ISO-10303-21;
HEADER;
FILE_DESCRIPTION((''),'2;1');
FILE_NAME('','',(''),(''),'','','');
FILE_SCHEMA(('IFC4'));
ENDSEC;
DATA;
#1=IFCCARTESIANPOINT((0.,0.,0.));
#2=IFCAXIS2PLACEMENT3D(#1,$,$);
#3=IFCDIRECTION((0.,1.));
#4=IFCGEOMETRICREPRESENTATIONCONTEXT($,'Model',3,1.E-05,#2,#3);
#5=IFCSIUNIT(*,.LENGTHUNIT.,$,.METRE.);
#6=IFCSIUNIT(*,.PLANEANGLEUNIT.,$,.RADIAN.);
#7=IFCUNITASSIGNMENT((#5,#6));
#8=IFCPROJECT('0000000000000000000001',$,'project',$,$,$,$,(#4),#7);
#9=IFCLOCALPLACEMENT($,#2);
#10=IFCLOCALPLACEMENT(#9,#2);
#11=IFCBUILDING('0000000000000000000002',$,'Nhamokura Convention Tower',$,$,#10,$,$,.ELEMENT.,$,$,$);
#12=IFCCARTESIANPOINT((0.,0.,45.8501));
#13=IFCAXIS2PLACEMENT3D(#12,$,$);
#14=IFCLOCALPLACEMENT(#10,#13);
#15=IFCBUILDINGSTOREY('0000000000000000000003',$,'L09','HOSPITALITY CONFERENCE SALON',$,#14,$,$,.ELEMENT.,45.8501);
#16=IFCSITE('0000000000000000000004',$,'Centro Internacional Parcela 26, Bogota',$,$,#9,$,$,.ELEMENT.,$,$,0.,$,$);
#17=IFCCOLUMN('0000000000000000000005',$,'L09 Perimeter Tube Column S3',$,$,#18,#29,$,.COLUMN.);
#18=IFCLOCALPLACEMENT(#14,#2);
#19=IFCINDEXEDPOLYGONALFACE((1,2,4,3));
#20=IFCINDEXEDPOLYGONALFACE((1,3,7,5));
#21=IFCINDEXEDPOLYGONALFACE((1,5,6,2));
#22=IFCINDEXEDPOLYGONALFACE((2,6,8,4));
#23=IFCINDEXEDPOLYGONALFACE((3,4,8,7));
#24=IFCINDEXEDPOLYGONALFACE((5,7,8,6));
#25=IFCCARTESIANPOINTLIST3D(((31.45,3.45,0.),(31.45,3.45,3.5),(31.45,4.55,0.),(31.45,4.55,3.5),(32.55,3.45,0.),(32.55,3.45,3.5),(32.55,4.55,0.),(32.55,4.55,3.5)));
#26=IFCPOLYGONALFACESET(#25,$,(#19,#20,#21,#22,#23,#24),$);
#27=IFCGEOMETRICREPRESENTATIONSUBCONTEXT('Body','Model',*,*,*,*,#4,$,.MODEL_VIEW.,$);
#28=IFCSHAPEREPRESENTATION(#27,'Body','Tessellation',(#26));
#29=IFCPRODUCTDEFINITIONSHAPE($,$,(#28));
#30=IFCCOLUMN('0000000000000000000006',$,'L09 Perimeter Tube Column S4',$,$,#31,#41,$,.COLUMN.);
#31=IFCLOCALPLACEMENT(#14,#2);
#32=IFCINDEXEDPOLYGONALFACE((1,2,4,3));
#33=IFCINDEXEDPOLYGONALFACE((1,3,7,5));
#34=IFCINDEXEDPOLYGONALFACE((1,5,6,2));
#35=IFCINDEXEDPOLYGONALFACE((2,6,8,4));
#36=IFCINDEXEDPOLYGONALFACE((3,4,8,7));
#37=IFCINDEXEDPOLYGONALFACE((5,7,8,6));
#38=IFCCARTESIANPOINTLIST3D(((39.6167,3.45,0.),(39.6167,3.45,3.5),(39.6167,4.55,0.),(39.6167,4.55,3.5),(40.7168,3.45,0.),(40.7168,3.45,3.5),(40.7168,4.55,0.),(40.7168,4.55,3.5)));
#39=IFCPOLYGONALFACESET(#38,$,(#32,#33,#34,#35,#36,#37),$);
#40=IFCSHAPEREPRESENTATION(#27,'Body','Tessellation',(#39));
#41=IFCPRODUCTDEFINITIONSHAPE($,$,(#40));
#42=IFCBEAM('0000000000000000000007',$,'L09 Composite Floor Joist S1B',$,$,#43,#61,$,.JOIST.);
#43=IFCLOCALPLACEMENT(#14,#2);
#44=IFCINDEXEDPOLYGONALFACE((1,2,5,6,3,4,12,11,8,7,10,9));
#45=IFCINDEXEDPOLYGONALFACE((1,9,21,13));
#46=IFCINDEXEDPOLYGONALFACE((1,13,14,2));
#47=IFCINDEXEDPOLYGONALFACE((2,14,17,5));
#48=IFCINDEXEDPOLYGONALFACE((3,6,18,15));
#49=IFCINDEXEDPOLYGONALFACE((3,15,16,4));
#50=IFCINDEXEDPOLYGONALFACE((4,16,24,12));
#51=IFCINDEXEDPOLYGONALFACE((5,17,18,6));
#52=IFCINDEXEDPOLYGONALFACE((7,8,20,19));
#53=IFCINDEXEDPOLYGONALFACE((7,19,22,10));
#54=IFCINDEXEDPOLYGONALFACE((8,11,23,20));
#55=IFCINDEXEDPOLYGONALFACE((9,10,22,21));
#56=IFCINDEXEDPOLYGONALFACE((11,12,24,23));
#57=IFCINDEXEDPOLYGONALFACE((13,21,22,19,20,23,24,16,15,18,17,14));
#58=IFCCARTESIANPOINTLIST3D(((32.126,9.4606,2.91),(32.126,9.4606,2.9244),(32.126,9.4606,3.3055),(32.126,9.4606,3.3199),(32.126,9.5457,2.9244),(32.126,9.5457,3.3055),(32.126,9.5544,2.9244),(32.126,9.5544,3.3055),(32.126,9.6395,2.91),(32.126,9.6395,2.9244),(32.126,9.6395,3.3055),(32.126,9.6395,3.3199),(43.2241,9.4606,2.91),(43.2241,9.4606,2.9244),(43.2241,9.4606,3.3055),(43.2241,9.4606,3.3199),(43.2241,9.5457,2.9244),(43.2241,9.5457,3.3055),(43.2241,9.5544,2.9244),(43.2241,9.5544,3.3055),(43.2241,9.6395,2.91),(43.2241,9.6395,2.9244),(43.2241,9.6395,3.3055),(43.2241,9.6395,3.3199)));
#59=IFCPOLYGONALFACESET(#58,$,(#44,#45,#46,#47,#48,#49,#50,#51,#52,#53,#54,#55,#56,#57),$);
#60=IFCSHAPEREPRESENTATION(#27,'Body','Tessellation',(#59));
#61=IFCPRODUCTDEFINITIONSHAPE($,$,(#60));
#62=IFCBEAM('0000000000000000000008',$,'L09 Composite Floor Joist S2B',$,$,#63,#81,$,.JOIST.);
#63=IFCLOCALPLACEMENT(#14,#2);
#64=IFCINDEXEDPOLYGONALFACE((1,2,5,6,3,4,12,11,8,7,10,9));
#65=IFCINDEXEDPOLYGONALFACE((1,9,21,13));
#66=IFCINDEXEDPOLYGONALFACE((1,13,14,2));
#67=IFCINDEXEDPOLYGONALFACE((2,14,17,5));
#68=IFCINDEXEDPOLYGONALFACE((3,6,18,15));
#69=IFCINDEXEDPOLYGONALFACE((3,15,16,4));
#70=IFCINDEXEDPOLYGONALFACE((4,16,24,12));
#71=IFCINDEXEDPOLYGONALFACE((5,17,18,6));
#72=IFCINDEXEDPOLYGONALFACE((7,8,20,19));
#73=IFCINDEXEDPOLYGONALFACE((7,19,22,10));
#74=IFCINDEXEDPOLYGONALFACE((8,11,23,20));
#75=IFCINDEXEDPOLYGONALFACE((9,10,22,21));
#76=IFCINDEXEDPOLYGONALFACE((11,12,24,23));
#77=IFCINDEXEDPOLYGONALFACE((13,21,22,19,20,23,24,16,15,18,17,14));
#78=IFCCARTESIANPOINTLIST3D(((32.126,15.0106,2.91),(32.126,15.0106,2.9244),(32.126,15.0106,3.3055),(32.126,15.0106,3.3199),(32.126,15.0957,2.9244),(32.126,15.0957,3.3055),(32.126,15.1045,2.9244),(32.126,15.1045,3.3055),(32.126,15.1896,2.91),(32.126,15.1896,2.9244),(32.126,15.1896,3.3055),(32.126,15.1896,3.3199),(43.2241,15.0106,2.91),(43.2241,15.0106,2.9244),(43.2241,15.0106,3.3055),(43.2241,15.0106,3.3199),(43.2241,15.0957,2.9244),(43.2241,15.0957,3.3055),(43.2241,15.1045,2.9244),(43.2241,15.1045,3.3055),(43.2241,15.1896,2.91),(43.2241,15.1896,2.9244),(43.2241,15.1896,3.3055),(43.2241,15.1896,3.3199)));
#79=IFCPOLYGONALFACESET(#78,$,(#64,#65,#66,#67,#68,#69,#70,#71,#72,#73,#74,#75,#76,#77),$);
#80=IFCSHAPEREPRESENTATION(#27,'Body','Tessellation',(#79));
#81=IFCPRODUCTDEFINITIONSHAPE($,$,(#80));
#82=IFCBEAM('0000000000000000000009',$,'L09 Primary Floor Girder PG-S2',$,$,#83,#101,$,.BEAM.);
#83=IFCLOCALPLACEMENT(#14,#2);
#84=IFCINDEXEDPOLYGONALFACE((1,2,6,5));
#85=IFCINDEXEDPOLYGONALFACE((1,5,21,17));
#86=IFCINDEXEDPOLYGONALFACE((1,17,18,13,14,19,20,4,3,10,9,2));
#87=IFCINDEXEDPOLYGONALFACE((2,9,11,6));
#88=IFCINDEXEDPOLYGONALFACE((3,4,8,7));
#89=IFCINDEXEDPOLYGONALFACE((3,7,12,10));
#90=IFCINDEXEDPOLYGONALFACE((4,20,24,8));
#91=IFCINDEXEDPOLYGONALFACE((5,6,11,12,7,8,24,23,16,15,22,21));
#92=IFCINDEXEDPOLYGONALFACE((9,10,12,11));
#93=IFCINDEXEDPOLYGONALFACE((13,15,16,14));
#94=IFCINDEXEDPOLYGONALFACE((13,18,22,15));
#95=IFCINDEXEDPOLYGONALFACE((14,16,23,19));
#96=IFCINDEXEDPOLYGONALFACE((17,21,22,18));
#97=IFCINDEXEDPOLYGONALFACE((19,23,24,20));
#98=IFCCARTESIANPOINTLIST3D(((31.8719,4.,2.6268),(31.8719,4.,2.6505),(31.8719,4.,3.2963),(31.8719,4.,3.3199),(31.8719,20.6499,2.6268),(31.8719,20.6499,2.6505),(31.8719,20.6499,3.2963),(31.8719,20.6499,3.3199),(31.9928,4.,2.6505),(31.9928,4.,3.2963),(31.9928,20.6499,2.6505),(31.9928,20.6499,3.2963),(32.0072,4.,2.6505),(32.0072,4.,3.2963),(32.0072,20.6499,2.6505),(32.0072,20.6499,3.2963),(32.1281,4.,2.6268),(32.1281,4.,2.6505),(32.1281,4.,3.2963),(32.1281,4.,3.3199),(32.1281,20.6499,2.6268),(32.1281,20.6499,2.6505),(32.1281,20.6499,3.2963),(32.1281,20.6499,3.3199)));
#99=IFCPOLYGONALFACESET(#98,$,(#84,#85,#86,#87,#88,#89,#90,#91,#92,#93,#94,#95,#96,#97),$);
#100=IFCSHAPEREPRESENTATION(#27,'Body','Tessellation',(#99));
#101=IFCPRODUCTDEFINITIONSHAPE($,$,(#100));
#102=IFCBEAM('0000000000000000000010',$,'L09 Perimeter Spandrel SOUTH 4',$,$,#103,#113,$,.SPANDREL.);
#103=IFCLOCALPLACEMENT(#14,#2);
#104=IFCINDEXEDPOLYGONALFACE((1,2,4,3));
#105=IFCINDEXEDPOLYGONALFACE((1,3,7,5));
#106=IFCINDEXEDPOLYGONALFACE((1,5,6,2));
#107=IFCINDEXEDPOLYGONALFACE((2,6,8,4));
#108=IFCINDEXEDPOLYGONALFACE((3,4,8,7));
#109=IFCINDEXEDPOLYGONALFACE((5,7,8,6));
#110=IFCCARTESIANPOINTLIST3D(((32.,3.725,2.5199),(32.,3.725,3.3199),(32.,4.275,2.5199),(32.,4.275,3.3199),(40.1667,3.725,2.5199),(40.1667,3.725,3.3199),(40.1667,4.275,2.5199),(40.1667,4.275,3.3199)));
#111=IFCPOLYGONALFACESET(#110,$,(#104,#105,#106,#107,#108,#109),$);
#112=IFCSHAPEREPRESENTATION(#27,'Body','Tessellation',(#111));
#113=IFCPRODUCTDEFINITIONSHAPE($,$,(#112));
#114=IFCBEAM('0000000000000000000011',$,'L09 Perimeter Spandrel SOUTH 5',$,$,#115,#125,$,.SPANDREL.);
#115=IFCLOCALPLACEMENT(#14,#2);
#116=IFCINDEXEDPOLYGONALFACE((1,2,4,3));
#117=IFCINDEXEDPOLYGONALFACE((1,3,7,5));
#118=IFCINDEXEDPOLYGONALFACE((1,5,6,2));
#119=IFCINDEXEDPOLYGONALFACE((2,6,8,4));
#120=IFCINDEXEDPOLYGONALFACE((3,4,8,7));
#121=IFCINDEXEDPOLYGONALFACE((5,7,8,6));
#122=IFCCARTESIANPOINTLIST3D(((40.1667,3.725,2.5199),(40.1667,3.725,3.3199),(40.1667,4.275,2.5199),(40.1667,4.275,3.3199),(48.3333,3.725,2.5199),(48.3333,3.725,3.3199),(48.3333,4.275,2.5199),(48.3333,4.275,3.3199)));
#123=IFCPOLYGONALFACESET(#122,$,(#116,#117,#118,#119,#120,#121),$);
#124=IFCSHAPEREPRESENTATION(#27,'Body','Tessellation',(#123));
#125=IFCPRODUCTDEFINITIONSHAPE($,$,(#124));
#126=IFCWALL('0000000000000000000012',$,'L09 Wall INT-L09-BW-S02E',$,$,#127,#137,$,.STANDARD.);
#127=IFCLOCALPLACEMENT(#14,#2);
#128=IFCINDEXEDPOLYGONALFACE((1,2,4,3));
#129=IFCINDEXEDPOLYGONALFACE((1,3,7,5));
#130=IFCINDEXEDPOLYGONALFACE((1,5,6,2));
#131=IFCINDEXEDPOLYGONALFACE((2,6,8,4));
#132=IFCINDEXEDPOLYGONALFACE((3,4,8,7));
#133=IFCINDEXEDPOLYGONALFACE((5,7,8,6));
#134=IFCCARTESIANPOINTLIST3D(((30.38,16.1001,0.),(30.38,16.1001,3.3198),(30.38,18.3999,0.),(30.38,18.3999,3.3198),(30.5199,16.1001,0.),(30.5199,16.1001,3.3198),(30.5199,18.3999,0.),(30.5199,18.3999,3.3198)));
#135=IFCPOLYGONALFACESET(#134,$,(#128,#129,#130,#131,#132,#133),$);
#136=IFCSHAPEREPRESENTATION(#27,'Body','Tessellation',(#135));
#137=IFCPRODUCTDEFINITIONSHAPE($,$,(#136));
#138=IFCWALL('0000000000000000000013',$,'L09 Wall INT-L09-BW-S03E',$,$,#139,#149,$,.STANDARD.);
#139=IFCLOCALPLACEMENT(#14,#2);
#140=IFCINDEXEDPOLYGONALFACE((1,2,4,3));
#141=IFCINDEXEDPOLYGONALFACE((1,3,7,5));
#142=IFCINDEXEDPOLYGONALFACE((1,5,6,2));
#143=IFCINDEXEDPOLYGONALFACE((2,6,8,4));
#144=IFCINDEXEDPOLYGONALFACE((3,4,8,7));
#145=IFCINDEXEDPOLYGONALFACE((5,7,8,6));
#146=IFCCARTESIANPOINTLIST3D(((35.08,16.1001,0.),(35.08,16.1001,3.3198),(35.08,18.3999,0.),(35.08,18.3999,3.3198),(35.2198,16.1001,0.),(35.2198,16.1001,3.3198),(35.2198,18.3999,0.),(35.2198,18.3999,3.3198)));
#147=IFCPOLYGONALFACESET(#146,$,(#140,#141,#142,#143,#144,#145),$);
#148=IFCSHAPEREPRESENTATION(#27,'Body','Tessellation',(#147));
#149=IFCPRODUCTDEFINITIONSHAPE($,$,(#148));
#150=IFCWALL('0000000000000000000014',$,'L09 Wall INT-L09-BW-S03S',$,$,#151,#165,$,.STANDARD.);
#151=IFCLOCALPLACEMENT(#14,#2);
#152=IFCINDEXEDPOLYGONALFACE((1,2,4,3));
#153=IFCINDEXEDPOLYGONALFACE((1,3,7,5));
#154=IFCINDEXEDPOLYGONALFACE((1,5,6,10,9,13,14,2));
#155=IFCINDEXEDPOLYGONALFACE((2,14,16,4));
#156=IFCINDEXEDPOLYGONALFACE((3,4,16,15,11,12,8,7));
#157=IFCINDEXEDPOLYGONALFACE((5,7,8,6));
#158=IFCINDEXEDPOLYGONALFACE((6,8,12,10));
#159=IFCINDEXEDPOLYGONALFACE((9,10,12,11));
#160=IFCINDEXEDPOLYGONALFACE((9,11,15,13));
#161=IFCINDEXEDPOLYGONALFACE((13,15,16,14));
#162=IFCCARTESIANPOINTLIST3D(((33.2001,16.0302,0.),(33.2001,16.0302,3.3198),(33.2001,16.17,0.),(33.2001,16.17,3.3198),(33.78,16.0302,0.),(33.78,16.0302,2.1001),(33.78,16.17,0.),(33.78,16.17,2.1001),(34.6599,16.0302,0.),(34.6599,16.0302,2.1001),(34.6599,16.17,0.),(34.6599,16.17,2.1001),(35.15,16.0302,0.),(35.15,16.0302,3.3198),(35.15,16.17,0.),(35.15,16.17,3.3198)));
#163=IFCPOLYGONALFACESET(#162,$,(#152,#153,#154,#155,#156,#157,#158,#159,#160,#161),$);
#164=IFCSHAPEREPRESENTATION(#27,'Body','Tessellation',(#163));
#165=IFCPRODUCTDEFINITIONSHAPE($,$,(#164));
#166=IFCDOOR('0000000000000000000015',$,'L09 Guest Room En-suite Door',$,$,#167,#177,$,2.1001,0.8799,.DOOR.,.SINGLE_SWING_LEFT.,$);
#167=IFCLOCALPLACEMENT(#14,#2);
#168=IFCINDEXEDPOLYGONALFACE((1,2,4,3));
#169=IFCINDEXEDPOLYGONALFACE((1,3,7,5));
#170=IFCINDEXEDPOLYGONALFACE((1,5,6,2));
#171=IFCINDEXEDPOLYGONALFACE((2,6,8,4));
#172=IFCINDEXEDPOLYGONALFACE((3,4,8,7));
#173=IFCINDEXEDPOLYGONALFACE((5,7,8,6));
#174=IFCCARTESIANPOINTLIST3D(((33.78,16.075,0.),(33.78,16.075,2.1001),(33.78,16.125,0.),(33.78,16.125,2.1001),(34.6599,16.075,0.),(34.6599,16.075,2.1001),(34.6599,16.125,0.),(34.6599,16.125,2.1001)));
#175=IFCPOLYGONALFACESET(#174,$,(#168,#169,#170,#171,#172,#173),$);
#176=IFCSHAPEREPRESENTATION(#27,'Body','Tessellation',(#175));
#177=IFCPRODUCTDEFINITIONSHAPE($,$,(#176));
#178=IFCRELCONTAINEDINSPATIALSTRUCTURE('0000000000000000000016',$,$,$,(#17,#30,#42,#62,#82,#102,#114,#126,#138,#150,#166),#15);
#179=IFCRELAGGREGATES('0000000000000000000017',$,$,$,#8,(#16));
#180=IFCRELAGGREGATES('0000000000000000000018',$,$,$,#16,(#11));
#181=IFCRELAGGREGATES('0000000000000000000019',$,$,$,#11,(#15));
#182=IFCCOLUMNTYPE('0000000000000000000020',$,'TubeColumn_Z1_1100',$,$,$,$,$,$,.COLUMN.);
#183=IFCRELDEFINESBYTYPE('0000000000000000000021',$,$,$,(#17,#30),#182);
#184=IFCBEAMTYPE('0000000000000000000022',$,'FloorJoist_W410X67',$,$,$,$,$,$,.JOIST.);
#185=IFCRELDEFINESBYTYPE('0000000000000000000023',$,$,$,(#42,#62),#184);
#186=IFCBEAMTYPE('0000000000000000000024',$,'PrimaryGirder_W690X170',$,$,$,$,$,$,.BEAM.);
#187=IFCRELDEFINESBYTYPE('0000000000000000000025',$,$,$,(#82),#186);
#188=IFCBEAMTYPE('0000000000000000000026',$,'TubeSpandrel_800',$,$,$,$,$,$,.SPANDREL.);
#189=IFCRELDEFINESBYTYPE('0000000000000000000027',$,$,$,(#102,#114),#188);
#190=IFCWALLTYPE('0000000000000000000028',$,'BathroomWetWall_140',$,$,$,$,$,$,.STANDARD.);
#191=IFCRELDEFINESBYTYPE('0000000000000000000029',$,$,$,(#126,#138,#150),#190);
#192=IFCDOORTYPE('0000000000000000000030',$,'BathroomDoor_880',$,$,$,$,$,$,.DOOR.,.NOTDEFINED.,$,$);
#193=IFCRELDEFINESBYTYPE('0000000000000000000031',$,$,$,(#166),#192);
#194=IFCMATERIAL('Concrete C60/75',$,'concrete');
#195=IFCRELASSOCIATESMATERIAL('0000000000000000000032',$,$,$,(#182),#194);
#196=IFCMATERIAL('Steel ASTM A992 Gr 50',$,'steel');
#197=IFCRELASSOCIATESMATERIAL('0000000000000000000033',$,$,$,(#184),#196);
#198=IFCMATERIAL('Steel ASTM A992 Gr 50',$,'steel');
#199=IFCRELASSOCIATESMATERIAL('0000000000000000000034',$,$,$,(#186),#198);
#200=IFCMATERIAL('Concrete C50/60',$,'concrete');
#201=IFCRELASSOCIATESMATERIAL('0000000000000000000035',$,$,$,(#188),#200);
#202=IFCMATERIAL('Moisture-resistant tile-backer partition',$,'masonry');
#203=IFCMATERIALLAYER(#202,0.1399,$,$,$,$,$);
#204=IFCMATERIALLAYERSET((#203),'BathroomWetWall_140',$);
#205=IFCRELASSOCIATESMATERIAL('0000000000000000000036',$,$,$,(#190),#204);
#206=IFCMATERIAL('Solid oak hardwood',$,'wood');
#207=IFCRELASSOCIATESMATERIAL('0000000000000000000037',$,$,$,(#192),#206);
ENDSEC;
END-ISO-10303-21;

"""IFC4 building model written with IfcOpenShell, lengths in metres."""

from ifc_helpers import new_model, si_unit, direction, frame, frame_2d, origin, origin_2d, place, context, subcontext, project, spatial, rectangle, i_section, extrude, material, layer, layer_set, material_profile, profile_set, type_object, element, fill, save


model = new_model("IFC4")

# Units and contexts
model_context = context("Model", 3, precision=1e-05, world=origin(), true_north=direction((0.0, 1.0)))
body_context = subcontext(model_context, "Body", "Model", "MODEL_VIEW")
ifc_project = project(units=[si_unit("LENGTHUNIT", "METRE"), si_unit("PLANEANGLEUNIT", "RADIAN")], contexts=[model_context])

# Site, building, storey
site_placement = place(None, origin())
site = spatial("IfcSite", under=ifc_project, at=site_placement, Name="Centro Internacional Parcela 26, Bogota", CompositionType="ELEMENT", RefElevation=0.0)
building_placement = place(site_placement, origin())
building = spatial("IfcBuilding", under=site, at=building_placement, Name="Nhamokura Convention Tower", CompositionType="ELEMENT")
storey_placement = place(building_placement, frame((0.0, 0.0, 45.8501)))
storey = spatial("IfcBuildingStorey", under=building, at=storey_placement, Name="L09", Description="HOSPITALITY CONFERENCE SALON", CompositionType="ELEMENT", Elevation=45.8501)

# Columns
ifc_material_1 = material(Name="Concrete C60/75", Category="concrete")
ifc_material_profile_1 = material_profile(ifc_material_1, rectangle(XDim=1.1001, YDim=1.1001, at=origin_2d()))
ifc_profile_set_1 = profile_set([ifc_material_profile_1], Name="Concrete C60/75")
column_type = type_object("IfcColumnType", Name="TubeColumn_Z1_1100", PredefinedType="COLUMN", material=ifc_profile_set_1)
for number, where, z_axis, x_axis, name in (
    (1, (32.0, 4.0, 0.0), (0.0, 0.0, 1.0), (1.0, 0.0, 0.0), "L09 Perimeter Tube Column S3"),
    (2, (40.1667, 4.0, 0.0), (0.0, 0.0, 1.0), (1.0, 0.0, 0.0), "L09 Perimeter Tube Column S4"),
):
    element("IfcColumn", number, at=place(storey_placement, frame(where, z_axis=z_axis, x_axis=x_axis)), inside=storey, type_object=column_type, Name=name, PredefinedType="COLUMN", context=body_context, shape_type="SweptSolid", body=[
        extrude(rectangle(XDim=1.1001, YDim=1.1001, at=origin_2d()), origin(), (0.0, 0.0, 1.0), 3.5),
    ])

# Beams
ifc_material_2 = material(Name="Steel ASTM A992 Gr 50", Category="steel")
ifc_material_profile_2 = material_profile(ifc_material_2, i_section(OverallWidth=0.179, OverallDepth=0.4099, WebThickness=0.0088, FlangeThickness=0.0144, at=origin_2d()))
ifc_profile_set_2 = profile_set([ifc_material_profile_2], Name="Steel ASTM A992 Gr 50")
beam_type_1 = type_object("IfcBeamType", Name="FloorJoist_W410X67", PredefinedType="JOIST", material=ifc_profile_set_2)
for number, where, z_axis, x_axis, name in (
    (3, (32.126, 9.55, 3.115), (1.0, 0.0, 0.0), (0.0, 1.0, 0.0), "L09 Composite Floor Joist S1B"),
    (4, (32.126, 15.1001, 3.115), (1.0, 0.0, 0.0), (0.0, 1.0, 0.0), "L09 Composite Floor Joist S2B"),
):
    element("IfcBeam", number, at=place(storey_placement, frame(where, z_axis=z_axis, x_axis=x_axis)), inside=storey, type_object=beam_type_1, Name=name, PredefinedType="JOIST", context=body_context, shape_type="SweptSolid", body=[
        extrude(i_section(OverallWidth=0.179, OverallDepth=0.4099, WebThickness=0.0088, FlangeThickness=0.0144, at=origin_2d()), origin(), (0.0, 0.0, 1.0), 11.0981),
    ])
ifc_material_3 = material(Name="Steel ASTM A992 Gr 50", Category="steel")
ifc_material_profile_3 = material_profile(ifc_material_3, i_section(OverallWidth=0.2561, OverallDepth=0.6931, WebThickness=0.0144, FlangeThickness=0.0237, at=origin_2d()))
ifc_profile_set_3 = profile_set([ifc_material_profile_3], Name="Steel ASTM A992 Gr 50")
beam_type_2 = type_object("IfcBeamType", Name="PrimaryGirder_W690X170", PredefinedType="BEAM", material=ifc_profile_set_3)
beam_1_placement = place(storey_placement, frame((32.0, 4.0, 2.9734), z_axis=(0.0, 1.0, 0.0), x_axis=(-1.0, 0.0, 0.0)))
element("IfcBeam", 5, at=beam_1_placement, inside=storey, type_object=beam_type_2, Name="L09 Primary Floor Girder PG-S2", PredefinedType="BEAM", context=body_context, shape_type="SweptSolid", body=[
    extrude(i_section(OverallWidth=0.2561, OverallDepth=0.6931, WebThickness=0.0144, FlangeThickness=0.0237, at=origin_2d()), origin(), (0.0, 0.0, 1.0), 16.6499),
])
ifc_material_4 = material(Name="Concrete C50/60", Category="concrete")
ifc_material_profile_4 = material_profile(ifc_material_4, rectangle(XDim=0.55, YDim=0.8, at=origin_2d()))
ifc_profile_set_4 = profile_set([ifc_material_profile_4], Name="Concrete C50/60")
beam_type_3 = type_object("IfcBeamType", Name="TubeSpandrel_800", PredefinedType="SPANDREL", material=ifc_profile_set_4)
beam_2_placement = place(storey_placement, frame((32.0, 4.0, 2.9199), z_axis=(1.0, 0.0, 0.0), x_axis=(0.0, 1.0, 0.0)))
element("IfcBeam", 6, at=beam_2_placement, inside=storey, type_object=beam_type_3, Name="L09 Perimeter Spandrel SOUTH 4", PredefinedType="SPANDREL", context=body_context, shape_type="SweptSolid", body=[
    extrude(rectangle(XDim=0.55, YDim=0.8, at=origin_2d()), origin(), (0.0, 0.0, 1.0), 8.1667),
])
beam_3_placement = place(storey_placement, frame((40.1667, 4.0, 2.9199), z_axis=(1.0, 0.0, 0.0), x_axis=(0.0, 1.0, 0.0)))
element("IfcBeam", 7, at=beam_3_placement, inside=storey, type_object=beam_type_3, Name="L09 Perimeter Spandrel SOUTH 5", PredefinedType="SPANDREL", context=body_context, shape_type="SweptSolid", body=[
    extrude(rectangle(XDim=0.55, YDim=0.8, at=origin_2d()), origin(), (0.0, 0.0, 1.0), 8.1665),
])

# Walls
ifc_material_5 = material(Name="Moisture-resistant tile-backer partition", Category="masonry")
ifc_layer_1 = layer(ifc_material_5, 0.1399)
ifc_layer_set_1 = layer_set([ifc_layer_1], Name="BathroomWetWall_140")
wall_type_1 = type_object("IfcWallType", Name="BathroomWetWall_140", PredefinedType="STANDARD", material=ifc_layer_set_1)
for number, where, z_axis, x_axis, name in (
    (8, (30.45, 16.1001, 0.0), (0.0, 0.0, 1.0), (0.0, 1.0, 0.0), "L09 Wall INT-L09-BW-S02E"),
    (9, (35.1499, 16.1001, 0.0), (0.0, 0.0, 1.0), (0.0, 1.0, 0.0), "L09 Wall INT-L09-BW-S03E"),
):
    element("IfcWall", number, at=place(storey_placement, frame(where, z_axis=z_axis, x_axis=x_axis)), inside=storey, type_object=wall_type_1, Name=name, PredefinedType="STANDARD", context=body_context, shape_type="SweptSolid", body=[
        extrude(rectangle(XDim=2.2998, YDim=0.1399, at=frame_2d((1.1499, 0.0))), origin(), (0.0, 0.0, 1.0), 3.3198),
    ])

# Wall, opening, door
wall_1_placement = place(storey_placement, frame((33.2, 16.1001, 0.0), z_axis=(0.0, 0.0, 1.0), x_axis=(1.0, 0.0, 0.0)))
wall_1 = element("IfcWall", 10, at=wall_1_placement, inside=storey, type_object=wall_type_1, Name="L09 Wall INT-L09-BW-S03S", PredefinedType="STANDARD", context=body_context, shape_type="SweptSolid", body=[
    extrude(rectangle(XDim=1.95, YDim=0.1399, at=frame_2d((0.9751, 0.0))), origin(), (0.0, 0.0, 1.0), 3.3198),
])
opening_1_placement = place(wall_1_placement, frame((0.5801, 0.0, 0.0)))
opening_1 = element("IfcOpeningElement", 11, at=opening_1_placement, cuts=wall_1, PredefinedType="OPENING", context=body_context, shape_type="SweptSolid", body=[
    extrude(rectangle(XDim=0.8799, YDim=2.1001, at=frame_2d((0.4399, 1.05))), frame((0.0, 0.0798, 0.0), z_axis=(0.0, -1.0, 0.0), x_axis=(1.0, 0.0, 0.0)), (0.0, 0.0, 1.0), 0.1599),
])
ifc_material_6 = material(Name="Solid oak hardwood", Category="wood")
door_type_1 = type_object("IfcDoorType", Name="BathroomDoor_880", OperationType="NOTDEFINED", PredefinedType="DOOR", material=ifc_material_6)
door_1_placement = place(opening_1_placement, origin())
door_1 = element("IfcDoor", 12, at=door_1_placement, inside=storey, type_object=door_type_1, Name="L09 Guest Room En-suite Door", OperationType="SINGLE_SWING_LEFT", OverallHeight=2.1001, OverallWidth=0.8799, PredefinedType="DOOR", context=body_context, shape_type="SweptSolid", body=[
    extrude(rectangle(XDim=0.8799, YDim=2.1001, at=frame_2d((0.4399, 1.05))), frame((0.0, 0.0249, 0.0), z_axis=(0.0, -1.0, 0.0), x_axis=(1.0, 0.0, 0.0)), (0.0, 0.0, 1.0), 0.05),
])
fill(opening_1, door_1)

save(model, "model.ifc")
